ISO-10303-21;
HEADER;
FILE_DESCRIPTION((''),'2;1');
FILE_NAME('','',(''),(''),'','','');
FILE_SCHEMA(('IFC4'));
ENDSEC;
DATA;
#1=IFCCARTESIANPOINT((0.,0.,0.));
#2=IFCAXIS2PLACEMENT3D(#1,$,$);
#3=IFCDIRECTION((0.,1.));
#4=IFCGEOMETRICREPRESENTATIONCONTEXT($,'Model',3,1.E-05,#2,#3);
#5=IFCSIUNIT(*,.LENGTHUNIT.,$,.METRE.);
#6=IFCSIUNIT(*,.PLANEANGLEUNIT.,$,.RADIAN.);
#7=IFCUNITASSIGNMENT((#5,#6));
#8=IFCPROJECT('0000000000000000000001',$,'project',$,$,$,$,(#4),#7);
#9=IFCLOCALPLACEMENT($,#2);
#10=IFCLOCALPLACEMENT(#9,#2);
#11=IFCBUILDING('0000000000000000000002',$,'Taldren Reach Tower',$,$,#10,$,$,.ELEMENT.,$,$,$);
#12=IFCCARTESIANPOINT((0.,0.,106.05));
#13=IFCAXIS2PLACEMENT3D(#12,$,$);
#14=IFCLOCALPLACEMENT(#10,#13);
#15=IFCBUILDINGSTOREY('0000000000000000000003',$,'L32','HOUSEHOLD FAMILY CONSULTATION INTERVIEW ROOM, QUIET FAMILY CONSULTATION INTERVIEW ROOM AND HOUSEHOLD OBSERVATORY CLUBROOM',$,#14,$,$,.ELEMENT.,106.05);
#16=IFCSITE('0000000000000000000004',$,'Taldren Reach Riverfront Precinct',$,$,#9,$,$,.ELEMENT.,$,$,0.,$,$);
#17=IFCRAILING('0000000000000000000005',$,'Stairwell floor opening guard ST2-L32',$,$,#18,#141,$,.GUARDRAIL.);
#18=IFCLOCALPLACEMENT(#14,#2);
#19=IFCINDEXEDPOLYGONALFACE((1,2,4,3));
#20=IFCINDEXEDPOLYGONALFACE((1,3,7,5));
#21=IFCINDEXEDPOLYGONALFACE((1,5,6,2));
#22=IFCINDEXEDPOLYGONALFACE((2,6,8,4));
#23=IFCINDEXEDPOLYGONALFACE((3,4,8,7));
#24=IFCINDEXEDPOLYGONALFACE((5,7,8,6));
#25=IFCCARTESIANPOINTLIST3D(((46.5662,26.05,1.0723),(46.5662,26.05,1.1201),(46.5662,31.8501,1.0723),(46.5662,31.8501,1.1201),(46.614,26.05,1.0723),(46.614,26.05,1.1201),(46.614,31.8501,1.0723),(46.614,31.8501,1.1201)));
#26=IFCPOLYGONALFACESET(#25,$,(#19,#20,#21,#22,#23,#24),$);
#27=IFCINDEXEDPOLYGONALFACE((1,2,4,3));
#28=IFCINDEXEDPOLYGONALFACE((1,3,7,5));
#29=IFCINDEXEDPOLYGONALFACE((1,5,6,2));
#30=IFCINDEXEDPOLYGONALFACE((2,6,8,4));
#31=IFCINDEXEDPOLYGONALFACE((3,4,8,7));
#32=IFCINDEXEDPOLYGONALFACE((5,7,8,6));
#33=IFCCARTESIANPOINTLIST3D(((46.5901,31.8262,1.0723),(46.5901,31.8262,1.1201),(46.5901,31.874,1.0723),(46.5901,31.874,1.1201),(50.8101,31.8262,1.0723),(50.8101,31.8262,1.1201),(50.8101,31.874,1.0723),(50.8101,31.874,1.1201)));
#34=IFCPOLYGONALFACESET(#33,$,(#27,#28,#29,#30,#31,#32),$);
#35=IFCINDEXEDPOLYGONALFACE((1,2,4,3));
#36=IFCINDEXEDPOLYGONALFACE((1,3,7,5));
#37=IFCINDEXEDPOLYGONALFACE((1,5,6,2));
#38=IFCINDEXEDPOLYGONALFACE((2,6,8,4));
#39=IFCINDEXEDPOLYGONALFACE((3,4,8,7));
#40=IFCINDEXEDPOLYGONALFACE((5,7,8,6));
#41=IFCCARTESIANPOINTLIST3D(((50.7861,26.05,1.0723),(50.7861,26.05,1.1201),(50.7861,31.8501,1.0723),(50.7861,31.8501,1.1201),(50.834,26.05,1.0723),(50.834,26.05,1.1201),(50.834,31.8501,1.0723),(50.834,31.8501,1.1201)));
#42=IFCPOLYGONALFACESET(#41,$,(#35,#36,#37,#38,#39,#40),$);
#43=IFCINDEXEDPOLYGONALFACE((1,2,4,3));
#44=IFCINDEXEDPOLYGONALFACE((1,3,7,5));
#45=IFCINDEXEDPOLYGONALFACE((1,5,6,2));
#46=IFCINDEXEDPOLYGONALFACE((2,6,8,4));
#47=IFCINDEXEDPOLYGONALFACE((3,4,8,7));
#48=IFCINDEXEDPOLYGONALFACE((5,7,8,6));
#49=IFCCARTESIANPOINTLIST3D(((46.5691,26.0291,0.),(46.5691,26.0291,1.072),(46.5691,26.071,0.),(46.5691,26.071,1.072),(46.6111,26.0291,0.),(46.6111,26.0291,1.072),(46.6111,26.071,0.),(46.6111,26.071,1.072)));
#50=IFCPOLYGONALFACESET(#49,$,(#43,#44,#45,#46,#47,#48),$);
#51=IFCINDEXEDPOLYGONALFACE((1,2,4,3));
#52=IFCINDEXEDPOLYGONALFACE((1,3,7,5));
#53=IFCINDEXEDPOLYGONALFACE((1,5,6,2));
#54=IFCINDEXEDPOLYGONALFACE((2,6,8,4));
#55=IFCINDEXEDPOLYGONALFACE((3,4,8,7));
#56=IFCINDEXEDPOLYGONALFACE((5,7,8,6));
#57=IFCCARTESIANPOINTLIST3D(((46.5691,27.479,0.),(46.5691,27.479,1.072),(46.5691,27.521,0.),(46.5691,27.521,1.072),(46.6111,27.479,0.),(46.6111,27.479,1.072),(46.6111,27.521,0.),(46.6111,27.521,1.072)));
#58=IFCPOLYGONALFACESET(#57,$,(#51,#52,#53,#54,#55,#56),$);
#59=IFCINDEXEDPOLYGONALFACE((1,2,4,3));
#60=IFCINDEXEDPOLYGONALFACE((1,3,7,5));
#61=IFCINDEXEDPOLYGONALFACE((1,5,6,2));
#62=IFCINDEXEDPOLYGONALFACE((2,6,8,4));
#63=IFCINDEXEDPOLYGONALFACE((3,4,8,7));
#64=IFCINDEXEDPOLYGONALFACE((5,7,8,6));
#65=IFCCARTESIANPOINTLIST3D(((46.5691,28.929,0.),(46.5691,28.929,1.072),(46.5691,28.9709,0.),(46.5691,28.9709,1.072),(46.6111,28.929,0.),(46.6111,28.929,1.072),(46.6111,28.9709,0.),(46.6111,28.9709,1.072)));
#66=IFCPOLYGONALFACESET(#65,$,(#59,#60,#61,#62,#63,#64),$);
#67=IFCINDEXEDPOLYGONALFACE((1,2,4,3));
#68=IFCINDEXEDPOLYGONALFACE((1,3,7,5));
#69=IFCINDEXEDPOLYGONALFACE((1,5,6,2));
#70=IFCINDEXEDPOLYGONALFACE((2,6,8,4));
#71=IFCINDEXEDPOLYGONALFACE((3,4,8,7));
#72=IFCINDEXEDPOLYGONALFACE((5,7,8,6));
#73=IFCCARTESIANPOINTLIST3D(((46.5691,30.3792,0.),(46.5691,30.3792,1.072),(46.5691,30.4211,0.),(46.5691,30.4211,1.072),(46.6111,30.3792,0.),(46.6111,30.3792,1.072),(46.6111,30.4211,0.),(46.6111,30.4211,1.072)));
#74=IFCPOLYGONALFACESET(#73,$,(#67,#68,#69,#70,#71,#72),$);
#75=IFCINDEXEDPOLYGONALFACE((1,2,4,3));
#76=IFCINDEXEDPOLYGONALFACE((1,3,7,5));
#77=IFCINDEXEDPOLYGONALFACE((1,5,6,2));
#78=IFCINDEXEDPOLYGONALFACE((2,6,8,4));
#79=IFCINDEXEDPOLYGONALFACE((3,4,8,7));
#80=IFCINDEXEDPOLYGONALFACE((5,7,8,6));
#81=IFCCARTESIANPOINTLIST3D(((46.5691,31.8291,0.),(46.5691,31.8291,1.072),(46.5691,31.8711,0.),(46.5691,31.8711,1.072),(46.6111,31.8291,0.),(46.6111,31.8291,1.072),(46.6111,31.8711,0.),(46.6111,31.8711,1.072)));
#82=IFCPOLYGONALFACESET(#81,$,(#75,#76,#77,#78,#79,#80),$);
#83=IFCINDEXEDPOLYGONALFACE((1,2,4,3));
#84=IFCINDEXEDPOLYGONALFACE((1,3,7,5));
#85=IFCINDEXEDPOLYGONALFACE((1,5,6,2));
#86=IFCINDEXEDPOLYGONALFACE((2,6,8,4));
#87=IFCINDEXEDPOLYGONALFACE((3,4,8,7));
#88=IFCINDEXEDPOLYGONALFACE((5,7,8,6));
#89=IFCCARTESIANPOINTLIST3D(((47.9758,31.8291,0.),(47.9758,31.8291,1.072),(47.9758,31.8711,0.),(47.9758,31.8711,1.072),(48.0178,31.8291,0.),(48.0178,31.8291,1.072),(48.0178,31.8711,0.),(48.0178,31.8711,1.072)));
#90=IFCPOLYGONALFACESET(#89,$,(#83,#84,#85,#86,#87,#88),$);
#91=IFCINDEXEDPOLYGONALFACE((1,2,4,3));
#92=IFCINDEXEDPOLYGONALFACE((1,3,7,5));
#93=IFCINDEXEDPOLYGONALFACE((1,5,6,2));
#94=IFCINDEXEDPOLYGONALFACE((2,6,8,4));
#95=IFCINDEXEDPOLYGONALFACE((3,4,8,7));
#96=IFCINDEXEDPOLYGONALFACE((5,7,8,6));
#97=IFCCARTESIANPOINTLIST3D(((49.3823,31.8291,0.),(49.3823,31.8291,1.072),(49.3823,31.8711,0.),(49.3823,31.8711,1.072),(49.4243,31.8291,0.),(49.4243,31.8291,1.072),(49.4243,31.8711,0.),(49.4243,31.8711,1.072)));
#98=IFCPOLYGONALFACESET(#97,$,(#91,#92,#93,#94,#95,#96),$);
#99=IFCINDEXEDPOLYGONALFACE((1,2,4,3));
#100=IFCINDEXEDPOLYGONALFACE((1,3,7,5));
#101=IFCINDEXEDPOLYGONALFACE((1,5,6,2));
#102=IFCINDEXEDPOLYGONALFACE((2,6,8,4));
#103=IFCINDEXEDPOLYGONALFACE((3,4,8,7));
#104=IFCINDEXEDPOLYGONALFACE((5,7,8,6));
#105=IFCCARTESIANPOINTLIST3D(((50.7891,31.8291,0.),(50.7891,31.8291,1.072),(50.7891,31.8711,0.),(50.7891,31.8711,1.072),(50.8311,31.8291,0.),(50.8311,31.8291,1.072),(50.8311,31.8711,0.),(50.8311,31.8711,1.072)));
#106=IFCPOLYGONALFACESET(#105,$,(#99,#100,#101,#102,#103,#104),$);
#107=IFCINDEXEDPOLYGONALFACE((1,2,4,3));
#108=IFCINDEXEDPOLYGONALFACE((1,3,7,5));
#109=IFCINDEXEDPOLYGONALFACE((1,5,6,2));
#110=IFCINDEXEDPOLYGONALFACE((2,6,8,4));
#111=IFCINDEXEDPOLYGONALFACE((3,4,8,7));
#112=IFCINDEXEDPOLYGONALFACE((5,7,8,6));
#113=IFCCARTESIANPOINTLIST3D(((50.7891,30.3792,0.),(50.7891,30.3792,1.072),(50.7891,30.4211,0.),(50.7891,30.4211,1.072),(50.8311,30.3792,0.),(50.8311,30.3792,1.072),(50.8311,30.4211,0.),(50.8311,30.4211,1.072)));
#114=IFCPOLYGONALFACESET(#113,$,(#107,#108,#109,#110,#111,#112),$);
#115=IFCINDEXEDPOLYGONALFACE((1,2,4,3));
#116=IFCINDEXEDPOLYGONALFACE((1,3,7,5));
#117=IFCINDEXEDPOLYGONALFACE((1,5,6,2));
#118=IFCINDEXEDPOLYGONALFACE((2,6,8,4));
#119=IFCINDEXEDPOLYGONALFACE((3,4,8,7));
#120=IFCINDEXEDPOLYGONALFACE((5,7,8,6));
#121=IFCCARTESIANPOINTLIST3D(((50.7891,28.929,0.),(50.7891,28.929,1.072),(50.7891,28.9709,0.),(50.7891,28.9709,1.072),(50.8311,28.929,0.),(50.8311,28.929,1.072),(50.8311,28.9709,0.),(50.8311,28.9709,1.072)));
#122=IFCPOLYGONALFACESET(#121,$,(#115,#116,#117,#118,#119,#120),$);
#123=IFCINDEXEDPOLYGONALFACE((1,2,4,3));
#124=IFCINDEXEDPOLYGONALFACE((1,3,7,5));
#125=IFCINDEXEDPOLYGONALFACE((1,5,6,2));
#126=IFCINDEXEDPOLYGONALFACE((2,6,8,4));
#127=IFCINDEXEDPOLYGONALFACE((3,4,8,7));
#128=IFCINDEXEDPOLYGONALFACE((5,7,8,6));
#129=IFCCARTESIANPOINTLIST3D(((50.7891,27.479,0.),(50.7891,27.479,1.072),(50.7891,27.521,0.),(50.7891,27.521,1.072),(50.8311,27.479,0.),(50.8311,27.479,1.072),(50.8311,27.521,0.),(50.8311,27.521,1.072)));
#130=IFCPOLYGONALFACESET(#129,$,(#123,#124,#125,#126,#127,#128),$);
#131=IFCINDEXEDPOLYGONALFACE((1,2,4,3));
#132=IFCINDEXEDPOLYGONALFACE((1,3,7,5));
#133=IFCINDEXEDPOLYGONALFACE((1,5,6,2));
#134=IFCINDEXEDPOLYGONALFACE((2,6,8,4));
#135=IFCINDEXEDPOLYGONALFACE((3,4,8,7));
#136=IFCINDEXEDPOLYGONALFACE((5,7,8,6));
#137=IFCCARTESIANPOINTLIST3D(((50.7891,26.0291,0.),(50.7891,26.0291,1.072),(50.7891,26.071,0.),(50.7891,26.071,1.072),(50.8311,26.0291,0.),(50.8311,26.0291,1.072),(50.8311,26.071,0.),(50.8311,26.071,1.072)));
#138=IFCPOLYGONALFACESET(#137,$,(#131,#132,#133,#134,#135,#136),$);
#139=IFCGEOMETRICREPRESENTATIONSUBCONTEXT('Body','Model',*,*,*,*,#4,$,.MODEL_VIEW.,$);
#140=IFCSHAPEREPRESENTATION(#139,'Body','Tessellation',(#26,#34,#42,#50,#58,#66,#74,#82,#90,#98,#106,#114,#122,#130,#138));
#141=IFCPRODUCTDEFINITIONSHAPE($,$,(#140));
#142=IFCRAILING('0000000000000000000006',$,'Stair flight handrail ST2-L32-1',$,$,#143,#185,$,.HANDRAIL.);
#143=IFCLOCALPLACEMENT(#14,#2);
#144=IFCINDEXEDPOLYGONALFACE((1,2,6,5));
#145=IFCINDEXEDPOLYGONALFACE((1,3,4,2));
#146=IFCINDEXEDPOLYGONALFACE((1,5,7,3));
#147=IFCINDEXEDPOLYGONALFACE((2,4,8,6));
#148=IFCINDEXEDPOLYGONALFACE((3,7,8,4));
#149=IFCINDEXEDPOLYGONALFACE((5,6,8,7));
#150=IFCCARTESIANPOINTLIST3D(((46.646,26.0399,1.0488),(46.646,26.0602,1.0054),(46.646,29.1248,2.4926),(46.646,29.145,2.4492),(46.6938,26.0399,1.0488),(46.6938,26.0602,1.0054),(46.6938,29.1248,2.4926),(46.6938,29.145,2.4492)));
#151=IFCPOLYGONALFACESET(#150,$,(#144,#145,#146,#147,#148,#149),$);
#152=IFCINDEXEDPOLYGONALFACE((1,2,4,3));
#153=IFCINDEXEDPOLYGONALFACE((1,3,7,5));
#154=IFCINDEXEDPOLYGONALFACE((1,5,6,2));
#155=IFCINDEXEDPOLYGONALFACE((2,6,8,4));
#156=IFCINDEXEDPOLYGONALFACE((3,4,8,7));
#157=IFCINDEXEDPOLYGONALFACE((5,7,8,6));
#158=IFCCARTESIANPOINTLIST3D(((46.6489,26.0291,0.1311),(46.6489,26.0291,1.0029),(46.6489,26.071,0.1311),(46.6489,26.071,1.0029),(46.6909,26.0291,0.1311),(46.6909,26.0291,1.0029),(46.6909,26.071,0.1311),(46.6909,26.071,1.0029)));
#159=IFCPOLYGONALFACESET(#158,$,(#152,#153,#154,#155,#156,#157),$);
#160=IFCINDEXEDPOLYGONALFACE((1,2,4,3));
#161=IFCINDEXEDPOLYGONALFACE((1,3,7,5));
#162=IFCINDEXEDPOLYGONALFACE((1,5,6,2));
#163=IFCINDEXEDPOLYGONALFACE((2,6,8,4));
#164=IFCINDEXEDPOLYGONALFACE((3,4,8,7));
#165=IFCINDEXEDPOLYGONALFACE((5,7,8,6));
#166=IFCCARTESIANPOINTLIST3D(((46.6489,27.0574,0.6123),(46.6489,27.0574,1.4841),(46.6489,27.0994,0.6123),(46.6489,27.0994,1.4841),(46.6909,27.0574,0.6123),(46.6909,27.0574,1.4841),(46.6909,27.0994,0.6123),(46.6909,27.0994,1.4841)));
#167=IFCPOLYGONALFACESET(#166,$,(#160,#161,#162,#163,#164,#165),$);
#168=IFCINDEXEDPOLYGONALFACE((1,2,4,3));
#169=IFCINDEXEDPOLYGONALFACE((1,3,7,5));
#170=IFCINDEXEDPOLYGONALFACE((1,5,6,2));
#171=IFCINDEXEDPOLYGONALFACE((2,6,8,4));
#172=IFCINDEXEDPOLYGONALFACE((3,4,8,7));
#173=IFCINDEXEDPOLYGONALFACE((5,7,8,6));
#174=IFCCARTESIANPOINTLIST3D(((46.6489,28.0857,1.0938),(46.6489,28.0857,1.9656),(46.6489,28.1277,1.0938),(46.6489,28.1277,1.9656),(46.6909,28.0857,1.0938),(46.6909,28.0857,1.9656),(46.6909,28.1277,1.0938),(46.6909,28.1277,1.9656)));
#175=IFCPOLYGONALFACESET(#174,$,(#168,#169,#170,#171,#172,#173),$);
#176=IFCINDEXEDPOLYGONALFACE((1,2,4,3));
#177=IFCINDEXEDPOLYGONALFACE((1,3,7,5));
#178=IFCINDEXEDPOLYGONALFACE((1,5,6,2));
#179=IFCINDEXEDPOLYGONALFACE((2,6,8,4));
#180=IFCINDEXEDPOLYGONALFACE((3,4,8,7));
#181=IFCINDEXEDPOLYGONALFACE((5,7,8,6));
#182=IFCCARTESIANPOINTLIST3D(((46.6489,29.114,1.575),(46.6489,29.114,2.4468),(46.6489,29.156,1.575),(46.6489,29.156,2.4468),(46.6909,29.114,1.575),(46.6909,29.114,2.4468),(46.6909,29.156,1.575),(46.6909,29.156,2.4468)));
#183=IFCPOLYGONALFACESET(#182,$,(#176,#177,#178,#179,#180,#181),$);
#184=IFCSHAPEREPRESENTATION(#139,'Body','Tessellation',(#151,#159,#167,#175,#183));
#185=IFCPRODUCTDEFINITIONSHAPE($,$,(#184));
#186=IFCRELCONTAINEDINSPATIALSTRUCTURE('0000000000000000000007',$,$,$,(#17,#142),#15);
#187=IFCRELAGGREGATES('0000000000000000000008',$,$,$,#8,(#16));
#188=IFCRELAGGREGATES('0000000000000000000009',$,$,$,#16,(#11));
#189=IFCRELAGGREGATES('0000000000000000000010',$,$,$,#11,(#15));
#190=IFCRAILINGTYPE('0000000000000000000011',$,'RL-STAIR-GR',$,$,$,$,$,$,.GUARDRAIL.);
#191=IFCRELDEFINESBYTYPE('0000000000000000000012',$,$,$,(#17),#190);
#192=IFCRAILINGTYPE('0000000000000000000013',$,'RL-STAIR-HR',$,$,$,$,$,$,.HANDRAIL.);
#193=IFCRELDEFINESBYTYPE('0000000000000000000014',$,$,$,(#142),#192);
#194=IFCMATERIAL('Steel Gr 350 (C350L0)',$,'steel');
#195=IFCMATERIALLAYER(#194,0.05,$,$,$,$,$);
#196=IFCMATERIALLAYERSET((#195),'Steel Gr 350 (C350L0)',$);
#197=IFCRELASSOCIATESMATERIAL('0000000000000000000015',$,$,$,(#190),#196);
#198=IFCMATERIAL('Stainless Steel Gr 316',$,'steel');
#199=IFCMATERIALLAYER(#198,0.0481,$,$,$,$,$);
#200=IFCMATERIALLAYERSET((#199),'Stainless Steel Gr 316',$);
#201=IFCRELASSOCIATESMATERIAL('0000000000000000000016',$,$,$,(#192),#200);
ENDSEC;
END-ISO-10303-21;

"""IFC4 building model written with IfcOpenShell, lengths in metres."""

from ifc_helpers import new_model, si_unit, direction, frame, origin, origin_2d, place, context, subcontext, project, spatial, rectangle, extrude, material, layer, layer_set, type_object, element, save


model = new_model("IFC4")

# Units and contexts
model_context = context("Model", 3, precision=1e-05, world=origin(), true_north=direction((0.0, 1.0)))
body_context = subcontext(model_context, "Body", "Model", "MODEL_VIEW")
ifc_project = project(units=[si_unit("LENGTHUNIT", "METRE"), si_unit("PLANEANGLEUNIT", "RADIAN")], contexts=[model_context])

# Site, building, storey
site_placement = place(None, origin())
site = spatial("IfcSite", under=ifc_project, at=site_placement, Name="Taldren Reach Riverfront Precinct", CompositionType="ELEMENT", RefElevation=0.0)
building_placement = place(site_placement, origin())
building = spatial("IfcBuilding", under=site, at=building_placement, Name="Taldren Reach Tower", CompositionType="ELEMENT")
storey_placement = place(building_placement, frame((0.0, 0.0, 106.05)))
storey = spatial("IfcBuildingStorey", under=building, at=storey_placement, Name="L32", Description="HOUSEHOLD FAMILY CONSULTATION INTERVIEW ROOM, QUIET FAMILY CONSULTATION INTERVIEW ROOM AND HOUSEHOLD OBSERVATORY CLUBROOM", CompositionType="ELEMENT", Elevation=106.05)

# Shared definitions
ifc_material_1 = material(Name="Steel Gr 350 (C350L0)", Category="steel")

# Railings
ifc_layer_1 = layer(ifc_material_1, 0.05)
ifc_layer_set_1 = layer_set([ifc_layer_1], Name="Steel Gr 350 (C350L0)")
railing_type_1 = type_object("IfcRailingType", Name="RL-STAIR-GR", PredefinedType="GUARDRAIL", material=ifc_layer_set_1)
railing_1_placement = place(storey_placement, frame((46.5901, 26.05, 0.0)))
element("IfcRailing", 1, at=railing_1_placement, inside=storey, type_object=railing_type_1, Name="Stairwell floor opening guard ST2-L32", PredefinedType="GUARDRAIL", context=body_context, shape_type="SweptSolid", body=[
    extrude(rectangle(XDim=0.0479, YDim=0.0479, at=origin_2d()), frame((0.0, 0.0, 1.0962), z_axis=(0.0, 1.0, 0.0), x_axis=(-1.0, 0.0, 0.0)), (0.0, 0.0, 1.0), 5.8),
    extrude(rectangle(XDim=0.0479, YDim=0.0479, at=origin_2d()), frame((0.0, 5.8, 1.0962), z_axis=(1.0, 0.0, 0.0), x_axis=(0.0, 1.0, 0.0)), (0.0, 0.0, 1.0), 4.22),
    extrude(rectangle(XDim=0.0479, YDim=0.0479, at=origin_2d()), frame((4.22, 5.8, 1.0962), z_axis=(0.0, -1.0, 0.0), x_axis=(1.0, 0.0, 0.0)), (0.0, 0.0, 1.0), 5.8),
    extrude(rectangle(XDim=0.042, YDim=0.042, at=origin_2d()), origin(), (0.0, 0.0, 1.0), 1.072),
    extrude(rectangle(XDim=0.042, YDim=0.042, at=origin_2d()), frame((0.0, 1.45, 0.0)), (0.0, 0.0, 1.0), 1.072),
    extrude(rectangle(XDim=0.042, YDim=0.042, at=origin_2d()), frame((0.0, 2.8999, 0.0)), (0.0, 0.0, 1.0), 1.072),
    extrude(rectangle(XDim=0.042, YDim=0.042, at=origin_2d()), frame((0.0, 4.3501, 0.0)), (0.0, 0.0, 1.0), 1.072),
    extrude(rectangle(XDim=0.042, YDim=0.042, at=origin_2d()), frame((0.0, 5.8, 0.0)), (0.0, 0.0, 1.0), 1.072),
    extrude(rectangle(XDim=0.042, YDim=0.042, at=origin_2d()), frame((1.4067, 5.8, 0.0)), (0.0, 0.0, 1.0), 1.072),
    extrude(rectangle(XDim=0.042, YDim=0.042, at=origin_2d()), frame((2.8132, 5.8, 0.0)), (0.0, 0.0, 1.0), 1.072),
    extrude(rectangle(XDim=0.042, YDim=0.042, at=origin_2d()), frame((4.22, 5.8, 0.0)), (0.0, 0.0, 1.0), 1.072),
    extrude(rectangle(XDim=0.042, YDim=0.042, at=origin_2d()), frame((4.22, 4.3501, 0.0)), (0.0, 0.0, 1.0), 1.072),
    extrude(rectangle(XDim=0.042, YDim=0.042, at=origin_2d()), frame((4.22, 2.8999, 0.0)), (0.0, 0.0, 1.0), 1.072),
    extrude(rectangle(XDim=0.042, YDim=0.042, at=origin_2d()), frame((4.22, 1.45, 0.0)), (0.0, 0.0, 1.0), 1.072),
    extrude(rectangle(XDim=0.042, YDim=0.042, at=origin_2d()), frame((4.22, 0.0, 0.0)), (0.0, 0.0, 1.0), 1.072),
])
ifc_material_2 = material(Name="Stainless Steel Gr 316", Category="steel")
ifc_layer_2 = layer(ifc_material_2, 0.0481)
ifc_layer_set_2 = layer_set([ifc_layer_2], Name="Stainless Steel Gr 316")
railing_type_2 = type_object("IfcRailingType", Name="RL-STAIR-HR", PredefinedType="HANDRAIL", material=ifc_layer_set_2)
railing_2_placement = place(storey_placement, frame((46.6699, 26.05, 0.1311)))
element("IfcRailing", 2, at=railing_2_placement, inside=storey, type_object=railing_type_2, Name="Stair flight handrail ST2-L32-1", PredefinedType="HANDRAIL", context=body_context, shape_type="SweptSolid", body=[
    extrude(rectangle(XDim=0.0479, YDim=0.0479, at=origin_2d()), frame((0.0, 0.0, 0.896), z_axis=(0.0, 0.90571, 0.423898), x_axis=(-1.0, 0.0, 0.0)), (0.0, 0.0, 1.0), 3.406),
    extrude(rectangle(XDim=0.042, YDim=0.042, at=origin_2d()), origin(), (0.0, 0.0, 1.0), 0.8718),
    extrude(rectangle(XDim=0.042, YDim=0.042, at=origin_2d()), frame((0.0, 1.0283, 0.4812)), (0.0, 0.0, 1.0), 0.8718),
    extrude(rectangle(XDim=0.042, YDim=0.042, at=origin_2d()), frame((0.0, 2.0566, 0.9626)), (0.0, 0.0, 1.0), 0.8718),
    extrude(rectangle(XDim=0.042, YDim=0.042, at=origin_2d()), frame((0.0, 3.085, 1.4438)), (0.0, 0.0, 1.0), 0.8718),
])

save(model, "model.ifc")
